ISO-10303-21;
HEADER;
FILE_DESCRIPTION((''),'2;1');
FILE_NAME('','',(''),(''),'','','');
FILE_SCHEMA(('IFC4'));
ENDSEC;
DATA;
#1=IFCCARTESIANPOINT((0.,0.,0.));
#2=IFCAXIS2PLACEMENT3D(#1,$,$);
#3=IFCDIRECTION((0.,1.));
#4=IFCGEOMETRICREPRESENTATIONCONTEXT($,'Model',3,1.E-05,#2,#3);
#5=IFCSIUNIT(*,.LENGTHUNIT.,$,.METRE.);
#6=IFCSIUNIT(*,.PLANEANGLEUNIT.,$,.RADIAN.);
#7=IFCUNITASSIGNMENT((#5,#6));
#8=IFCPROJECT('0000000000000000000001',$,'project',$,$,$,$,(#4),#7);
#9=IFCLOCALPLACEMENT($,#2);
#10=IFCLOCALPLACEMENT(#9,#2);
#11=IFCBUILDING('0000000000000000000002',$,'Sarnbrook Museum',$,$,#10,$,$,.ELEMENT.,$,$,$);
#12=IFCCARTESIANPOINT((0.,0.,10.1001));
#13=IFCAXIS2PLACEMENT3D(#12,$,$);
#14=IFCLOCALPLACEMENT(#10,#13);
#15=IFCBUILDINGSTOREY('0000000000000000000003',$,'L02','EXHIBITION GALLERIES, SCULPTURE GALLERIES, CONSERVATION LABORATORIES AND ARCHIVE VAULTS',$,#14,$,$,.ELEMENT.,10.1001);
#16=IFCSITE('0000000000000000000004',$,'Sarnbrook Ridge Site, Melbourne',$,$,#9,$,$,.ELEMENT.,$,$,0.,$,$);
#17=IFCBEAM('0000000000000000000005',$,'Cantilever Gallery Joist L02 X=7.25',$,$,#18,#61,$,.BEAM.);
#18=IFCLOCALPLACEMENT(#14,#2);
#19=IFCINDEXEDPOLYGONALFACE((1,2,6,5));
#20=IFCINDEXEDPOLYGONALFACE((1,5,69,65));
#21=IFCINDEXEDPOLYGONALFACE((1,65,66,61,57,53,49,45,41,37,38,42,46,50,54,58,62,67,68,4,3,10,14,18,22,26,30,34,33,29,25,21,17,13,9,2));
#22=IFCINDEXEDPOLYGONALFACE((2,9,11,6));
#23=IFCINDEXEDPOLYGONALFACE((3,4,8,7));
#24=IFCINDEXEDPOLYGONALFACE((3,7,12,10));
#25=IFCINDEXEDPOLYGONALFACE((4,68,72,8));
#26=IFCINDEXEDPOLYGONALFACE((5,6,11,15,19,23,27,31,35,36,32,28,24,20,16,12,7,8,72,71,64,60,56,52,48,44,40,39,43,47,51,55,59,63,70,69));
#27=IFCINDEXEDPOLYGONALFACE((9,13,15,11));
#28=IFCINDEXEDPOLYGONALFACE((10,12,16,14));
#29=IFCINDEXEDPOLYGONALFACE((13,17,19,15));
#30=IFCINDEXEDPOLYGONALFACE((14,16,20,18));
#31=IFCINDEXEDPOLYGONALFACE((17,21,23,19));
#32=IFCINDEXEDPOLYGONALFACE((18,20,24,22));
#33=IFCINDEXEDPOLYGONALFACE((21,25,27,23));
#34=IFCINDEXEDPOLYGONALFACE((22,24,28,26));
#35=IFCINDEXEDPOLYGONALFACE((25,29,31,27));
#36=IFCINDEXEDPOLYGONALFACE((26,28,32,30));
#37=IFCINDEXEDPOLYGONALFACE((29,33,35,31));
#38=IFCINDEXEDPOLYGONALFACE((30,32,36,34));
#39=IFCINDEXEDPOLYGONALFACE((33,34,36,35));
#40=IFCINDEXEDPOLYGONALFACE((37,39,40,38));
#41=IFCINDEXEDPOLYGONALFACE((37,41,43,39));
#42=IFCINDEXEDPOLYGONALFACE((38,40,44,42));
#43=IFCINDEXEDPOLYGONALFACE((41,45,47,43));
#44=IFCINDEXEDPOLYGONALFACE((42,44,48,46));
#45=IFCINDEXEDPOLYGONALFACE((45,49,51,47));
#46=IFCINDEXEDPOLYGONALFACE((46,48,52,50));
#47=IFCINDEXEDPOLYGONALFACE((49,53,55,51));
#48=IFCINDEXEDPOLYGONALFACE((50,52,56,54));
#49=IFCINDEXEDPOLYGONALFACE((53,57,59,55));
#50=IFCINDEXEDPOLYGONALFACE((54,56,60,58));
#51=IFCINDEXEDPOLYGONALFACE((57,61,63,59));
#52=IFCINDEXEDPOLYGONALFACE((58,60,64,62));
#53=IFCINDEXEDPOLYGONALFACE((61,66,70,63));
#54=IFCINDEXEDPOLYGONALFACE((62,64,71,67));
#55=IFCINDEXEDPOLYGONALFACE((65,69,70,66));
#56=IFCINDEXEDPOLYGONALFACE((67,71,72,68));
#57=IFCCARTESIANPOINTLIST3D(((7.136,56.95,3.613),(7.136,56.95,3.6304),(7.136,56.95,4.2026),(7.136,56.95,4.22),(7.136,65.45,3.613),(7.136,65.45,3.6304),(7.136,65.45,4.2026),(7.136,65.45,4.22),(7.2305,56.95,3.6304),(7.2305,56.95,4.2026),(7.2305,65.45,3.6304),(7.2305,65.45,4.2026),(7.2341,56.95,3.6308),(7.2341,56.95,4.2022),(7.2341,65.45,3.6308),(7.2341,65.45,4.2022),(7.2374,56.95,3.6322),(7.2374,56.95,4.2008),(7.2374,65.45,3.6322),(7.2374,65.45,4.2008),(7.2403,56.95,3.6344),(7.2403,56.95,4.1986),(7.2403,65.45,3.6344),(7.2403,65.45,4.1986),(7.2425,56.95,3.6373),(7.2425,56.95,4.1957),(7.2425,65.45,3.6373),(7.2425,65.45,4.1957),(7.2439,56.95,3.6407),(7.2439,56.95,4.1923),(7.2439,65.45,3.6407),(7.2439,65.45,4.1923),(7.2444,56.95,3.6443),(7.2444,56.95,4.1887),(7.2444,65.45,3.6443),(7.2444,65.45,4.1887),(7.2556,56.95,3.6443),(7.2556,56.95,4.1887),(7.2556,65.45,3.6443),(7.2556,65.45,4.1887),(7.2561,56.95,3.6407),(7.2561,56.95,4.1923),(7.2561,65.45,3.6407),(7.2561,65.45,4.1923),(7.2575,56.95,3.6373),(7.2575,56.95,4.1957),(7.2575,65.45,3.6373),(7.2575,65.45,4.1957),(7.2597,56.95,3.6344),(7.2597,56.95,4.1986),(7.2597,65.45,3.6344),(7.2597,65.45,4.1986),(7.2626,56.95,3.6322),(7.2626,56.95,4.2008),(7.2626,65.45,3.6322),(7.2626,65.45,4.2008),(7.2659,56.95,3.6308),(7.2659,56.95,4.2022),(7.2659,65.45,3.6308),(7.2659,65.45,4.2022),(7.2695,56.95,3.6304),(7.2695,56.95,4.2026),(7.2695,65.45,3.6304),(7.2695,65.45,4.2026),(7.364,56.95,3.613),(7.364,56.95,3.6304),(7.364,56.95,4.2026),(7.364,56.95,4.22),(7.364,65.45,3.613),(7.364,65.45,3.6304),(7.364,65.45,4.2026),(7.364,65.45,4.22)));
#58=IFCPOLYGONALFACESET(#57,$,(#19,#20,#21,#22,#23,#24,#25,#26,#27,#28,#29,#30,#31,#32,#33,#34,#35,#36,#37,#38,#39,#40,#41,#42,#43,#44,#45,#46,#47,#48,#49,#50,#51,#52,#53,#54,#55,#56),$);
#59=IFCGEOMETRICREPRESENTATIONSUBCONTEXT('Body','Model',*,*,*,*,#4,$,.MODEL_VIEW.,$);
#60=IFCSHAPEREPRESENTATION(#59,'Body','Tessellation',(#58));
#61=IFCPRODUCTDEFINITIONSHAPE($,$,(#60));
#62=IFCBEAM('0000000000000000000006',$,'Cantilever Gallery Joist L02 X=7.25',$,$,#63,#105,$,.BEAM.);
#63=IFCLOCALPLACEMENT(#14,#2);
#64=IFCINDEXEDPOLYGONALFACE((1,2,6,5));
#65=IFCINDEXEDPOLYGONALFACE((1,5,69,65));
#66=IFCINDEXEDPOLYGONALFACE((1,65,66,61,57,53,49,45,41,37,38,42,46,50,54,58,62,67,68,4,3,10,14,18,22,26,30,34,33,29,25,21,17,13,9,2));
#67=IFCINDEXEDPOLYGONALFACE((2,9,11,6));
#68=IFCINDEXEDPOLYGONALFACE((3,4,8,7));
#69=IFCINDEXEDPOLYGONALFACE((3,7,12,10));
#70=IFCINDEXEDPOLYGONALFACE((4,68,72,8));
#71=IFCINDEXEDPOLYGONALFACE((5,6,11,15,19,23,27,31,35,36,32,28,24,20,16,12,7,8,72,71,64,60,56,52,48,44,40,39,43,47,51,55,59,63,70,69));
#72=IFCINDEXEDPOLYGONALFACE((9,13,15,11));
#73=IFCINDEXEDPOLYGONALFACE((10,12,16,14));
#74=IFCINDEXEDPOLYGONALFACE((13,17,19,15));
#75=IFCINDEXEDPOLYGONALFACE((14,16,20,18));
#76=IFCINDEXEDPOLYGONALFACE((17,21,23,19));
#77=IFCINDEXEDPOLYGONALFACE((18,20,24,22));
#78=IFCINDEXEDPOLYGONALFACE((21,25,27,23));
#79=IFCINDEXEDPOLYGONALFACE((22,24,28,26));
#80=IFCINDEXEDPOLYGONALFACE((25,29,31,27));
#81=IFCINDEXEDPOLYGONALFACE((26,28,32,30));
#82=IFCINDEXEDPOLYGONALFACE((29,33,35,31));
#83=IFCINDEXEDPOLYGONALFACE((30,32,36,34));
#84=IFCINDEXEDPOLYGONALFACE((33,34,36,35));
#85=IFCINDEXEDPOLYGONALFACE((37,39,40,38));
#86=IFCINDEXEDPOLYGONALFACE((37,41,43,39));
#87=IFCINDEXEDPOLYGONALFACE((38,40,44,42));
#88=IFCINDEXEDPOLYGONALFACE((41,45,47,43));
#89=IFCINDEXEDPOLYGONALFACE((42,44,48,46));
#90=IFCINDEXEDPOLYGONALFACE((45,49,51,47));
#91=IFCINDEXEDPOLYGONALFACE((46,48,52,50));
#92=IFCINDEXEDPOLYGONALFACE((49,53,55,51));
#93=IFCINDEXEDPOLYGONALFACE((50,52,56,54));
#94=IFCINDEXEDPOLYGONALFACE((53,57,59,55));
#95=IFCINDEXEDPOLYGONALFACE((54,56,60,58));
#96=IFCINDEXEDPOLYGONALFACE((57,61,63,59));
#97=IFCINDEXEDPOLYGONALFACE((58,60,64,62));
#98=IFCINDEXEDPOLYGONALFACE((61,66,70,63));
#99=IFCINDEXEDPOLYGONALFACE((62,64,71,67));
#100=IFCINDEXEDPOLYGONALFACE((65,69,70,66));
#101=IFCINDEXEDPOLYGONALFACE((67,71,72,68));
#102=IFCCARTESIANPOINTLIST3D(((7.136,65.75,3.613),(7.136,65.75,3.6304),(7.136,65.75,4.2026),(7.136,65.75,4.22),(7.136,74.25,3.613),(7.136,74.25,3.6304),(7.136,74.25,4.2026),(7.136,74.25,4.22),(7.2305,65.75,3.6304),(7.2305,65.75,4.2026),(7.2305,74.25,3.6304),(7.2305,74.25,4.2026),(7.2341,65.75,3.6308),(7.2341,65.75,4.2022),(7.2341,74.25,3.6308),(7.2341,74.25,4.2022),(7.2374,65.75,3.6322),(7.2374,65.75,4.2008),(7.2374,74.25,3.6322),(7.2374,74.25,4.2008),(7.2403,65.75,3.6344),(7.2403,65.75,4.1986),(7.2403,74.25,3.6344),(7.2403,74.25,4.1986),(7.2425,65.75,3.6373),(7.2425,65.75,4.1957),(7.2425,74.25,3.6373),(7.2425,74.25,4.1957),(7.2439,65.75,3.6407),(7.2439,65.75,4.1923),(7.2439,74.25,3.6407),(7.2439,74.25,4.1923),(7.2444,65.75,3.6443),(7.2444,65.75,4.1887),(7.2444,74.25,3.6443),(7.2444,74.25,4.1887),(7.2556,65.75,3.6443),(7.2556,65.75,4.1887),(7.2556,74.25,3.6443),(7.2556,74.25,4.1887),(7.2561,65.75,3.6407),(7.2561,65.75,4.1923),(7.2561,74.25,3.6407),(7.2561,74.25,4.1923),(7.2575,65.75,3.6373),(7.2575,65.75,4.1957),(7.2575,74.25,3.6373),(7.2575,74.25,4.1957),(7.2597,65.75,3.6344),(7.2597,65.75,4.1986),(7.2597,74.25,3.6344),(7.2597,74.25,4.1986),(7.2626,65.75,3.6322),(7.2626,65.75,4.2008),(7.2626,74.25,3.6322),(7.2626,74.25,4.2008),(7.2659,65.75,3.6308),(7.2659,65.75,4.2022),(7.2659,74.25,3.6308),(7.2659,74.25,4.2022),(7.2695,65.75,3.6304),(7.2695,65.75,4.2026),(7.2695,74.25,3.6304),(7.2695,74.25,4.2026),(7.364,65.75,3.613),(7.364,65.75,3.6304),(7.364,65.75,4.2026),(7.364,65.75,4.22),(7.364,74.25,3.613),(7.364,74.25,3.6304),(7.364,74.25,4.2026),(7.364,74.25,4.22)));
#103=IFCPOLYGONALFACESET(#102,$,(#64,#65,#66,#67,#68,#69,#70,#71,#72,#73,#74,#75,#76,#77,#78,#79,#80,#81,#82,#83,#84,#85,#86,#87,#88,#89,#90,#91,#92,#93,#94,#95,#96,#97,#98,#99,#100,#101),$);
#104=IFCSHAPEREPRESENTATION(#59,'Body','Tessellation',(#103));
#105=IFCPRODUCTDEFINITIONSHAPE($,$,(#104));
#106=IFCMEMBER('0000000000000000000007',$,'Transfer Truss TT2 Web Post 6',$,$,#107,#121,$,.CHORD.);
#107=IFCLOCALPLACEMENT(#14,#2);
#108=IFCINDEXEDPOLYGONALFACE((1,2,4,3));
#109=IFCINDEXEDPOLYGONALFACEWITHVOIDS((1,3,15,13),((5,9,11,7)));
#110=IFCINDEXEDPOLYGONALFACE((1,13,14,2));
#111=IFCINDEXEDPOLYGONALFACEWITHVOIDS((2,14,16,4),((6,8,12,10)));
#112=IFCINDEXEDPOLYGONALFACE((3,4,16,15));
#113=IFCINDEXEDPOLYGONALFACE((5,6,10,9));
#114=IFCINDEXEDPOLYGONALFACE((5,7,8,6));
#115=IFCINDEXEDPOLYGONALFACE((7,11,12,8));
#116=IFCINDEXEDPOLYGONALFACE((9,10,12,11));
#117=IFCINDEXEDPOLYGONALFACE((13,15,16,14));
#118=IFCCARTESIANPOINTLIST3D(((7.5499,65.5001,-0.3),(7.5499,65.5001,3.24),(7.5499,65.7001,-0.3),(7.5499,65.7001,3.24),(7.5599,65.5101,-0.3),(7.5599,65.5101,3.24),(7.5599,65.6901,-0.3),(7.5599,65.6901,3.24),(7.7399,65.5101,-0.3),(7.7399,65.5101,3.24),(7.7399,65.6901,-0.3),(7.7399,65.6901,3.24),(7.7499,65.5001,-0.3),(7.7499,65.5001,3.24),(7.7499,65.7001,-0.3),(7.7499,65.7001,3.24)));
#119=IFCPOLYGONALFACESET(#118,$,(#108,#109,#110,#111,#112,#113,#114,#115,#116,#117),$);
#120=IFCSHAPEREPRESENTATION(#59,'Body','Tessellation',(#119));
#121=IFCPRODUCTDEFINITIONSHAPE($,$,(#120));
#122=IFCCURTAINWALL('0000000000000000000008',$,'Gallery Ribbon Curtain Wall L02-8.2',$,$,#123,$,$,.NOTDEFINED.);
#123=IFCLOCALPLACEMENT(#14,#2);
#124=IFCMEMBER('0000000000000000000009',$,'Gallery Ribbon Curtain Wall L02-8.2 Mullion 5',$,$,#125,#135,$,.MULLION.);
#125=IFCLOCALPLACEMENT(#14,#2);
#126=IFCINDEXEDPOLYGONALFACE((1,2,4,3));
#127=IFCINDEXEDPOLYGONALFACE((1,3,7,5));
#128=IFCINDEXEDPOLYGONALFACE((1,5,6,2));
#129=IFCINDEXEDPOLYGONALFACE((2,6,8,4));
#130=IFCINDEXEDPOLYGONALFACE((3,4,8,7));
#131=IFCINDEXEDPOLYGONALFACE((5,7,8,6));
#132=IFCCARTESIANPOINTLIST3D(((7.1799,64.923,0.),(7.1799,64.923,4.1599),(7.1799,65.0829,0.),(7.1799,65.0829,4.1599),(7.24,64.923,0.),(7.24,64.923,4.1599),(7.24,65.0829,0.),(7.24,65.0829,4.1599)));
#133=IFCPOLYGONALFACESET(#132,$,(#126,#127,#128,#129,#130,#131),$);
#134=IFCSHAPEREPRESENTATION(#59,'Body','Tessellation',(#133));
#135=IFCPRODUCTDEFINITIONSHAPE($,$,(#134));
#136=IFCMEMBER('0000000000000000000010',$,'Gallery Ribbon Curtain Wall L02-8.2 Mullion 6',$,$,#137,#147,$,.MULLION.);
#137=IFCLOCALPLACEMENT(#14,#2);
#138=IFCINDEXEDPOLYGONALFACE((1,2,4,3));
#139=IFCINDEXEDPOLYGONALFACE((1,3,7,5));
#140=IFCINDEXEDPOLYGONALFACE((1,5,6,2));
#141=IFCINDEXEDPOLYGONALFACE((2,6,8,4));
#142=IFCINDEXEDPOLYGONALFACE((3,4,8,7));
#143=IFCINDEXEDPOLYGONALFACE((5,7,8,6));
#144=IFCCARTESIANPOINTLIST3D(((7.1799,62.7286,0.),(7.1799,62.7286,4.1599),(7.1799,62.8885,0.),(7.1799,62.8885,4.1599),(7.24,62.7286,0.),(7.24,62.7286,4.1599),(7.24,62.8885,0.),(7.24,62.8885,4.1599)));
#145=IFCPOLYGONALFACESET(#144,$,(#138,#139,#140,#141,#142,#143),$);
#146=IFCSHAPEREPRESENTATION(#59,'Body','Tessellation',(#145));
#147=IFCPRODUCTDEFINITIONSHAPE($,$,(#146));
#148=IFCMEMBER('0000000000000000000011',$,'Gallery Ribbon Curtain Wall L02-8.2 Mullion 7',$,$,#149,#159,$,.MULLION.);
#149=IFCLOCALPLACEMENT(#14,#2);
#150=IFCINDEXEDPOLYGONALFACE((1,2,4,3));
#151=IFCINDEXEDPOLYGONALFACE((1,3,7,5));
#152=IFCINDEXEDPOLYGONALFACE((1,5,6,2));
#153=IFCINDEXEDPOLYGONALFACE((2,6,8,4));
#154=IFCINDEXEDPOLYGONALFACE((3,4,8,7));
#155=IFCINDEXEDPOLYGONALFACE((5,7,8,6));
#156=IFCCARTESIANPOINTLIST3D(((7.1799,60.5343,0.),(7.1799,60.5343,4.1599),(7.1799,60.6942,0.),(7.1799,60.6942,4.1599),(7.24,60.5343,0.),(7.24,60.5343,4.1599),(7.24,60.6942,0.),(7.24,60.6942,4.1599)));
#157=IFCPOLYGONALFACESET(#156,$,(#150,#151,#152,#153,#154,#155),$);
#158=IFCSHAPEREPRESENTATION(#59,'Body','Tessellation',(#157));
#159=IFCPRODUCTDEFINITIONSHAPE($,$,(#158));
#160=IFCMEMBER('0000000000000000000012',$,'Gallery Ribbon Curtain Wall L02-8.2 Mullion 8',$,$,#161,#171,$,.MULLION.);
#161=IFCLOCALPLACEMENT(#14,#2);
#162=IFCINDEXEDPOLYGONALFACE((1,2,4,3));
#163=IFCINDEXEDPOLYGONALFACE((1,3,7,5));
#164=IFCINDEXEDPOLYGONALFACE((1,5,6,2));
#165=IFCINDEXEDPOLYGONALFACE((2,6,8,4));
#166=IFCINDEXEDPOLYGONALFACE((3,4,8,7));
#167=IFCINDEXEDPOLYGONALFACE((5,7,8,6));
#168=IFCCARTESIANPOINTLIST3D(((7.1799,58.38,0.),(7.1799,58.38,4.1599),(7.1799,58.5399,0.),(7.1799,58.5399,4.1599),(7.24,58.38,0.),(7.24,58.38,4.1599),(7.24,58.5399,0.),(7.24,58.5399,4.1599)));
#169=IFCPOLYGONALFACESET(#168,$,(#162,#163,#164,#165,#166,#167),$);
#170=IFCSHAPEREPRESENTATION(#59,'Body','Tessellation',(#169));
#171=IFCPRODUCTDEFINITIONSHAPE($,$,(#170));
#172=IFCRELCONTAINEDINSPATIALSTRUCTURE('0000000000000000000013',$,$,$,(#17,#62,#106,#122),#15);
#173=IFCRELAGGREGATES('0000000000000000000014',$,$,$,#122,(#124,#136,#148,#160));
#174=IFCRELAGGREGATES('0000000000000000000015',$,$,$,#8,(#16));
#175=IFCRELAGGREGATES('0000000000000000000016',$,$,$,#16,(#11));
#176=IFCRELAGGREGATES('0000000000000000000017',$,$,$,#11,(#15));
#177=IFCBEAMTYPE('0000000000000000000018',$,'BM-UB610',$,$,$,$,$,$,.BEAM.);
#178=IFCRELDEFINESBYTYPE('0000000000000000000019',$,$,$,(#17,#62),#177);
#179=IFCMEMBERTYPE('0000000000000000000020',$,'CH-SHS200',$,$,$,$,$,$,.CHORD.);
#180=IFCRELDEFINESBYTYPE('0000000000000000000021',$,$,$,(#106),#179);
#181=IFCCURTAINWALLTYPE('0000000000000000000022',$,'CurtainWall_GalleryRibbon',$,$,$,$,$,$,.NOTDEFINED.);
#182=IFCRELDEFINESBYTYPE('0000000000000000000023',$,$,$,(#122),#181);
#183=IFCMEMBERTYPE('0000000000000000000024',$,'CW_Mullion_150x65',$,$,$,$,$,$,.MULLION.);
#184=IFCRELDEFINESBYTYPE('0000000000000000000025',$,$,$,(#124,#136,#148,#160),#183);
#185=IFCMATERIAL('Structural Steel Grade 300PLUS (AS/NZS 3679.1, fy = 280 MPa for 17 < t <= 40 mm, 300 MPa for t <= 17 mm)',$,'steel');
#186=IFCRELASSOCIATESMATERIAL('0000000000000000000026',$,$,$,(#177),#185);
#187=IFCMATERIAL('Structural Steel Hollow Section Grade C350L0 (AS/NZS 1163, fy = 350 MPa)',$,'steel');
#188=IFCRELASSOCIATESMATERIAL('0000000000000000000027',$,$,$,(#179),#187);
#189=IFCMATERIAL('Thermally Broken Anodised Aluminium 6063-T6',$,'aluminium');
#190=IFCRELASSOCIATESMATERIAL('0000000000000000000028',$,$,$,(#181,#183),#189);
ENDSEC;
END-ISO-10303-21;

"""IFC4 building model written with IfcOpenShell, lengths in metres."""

from ifc_helpers import new_model, si_unit, direction, frame, origin, origin_2d, place, context, subcontext, project, spatial, rectangle, hollow_rectangle, i_section, extrude, material, material_profile, profile_set, type_object, element, aggregate, save


model = new_model("IFC4")

# Units and contexts
model_context = context("Model", 3, precision=1e-05, world=origin(), true_north=direction((0.0, 1.0)))
body_context = subcontext(model_context, "Body", "Model", "MODEL_VIEW")
ifc_project = project(units=[si_unit("LENGTHUNIT", "METRE"), si_unit("PLANEANGLEUNIT", "RADIAN")], contexts=[model_context])

# Site, building, storey
site_placement = place(None, origin())
site = spatial("IfcSite", under=ifc_project, at=site_placement, Name="Sarnbrook Ridge Site, Melbourne", CompositionType="ELEMENT", RefElevation=0.0)
building_placement = place(site_placement, origin())
building = spatial("IfcBuilding", under=site, at=building_placement, Name="Sarnbrook Museum", CompositionType="ELEMENT")
storey_placement = place(building_placement, frame((0.0, 0.0, 10.1001)))
storey = spatial("IfcBuildingStorey", under=building, at=storey_placement, Name="L02", Description="EXHIBITION GALLERIES, SCULPTURE GALLERIES, CONSERVATION LABORATORIES AND ARCHIVE VAULTS", CompositionType="ELEMENT", Elevation=10.1001)

# Beams
ifc_material_1 = material(Name="Structural Steel Grade 300PLUS (AS/NZS 3679.1, fy = 280 MPa for 17 < t <= 40 mm, 300 MPa for t <= 17 mm)", Category="steel")
ifc_material_profile_1 = material_profile(ifc_material_1, i_section(OverallWidth=0.228, OverallDepth=0.6069, WebThickness=0.0112, FlangeThickness=0.0173, FilletRadius=0.0139, at=origin_2d()), Name="610UB113")
ifc_profile_set_1 = profile_set([ifc_material_profile_1], Name="Structural Steel Grade 300PLUS (AS/NZS 3679.1, fy = 280 MPa for 17 < t <= 40 mm, 300 MPa for t <= 17 mm)")
beam_type_1 = type_object("IfcBeamType", Name="BM-UB610", PredefinedType="BEAM", material=ifc_profile_set_1)
for number, where, z_axis, x_axis, name in (
    (1, (7.25, 56.95, 3.9165), (0.0, 1.0, 0.0), (-1.0, 0.0, 0.0), "Cantilever Gallery Joist L02 X=7.25"),
    (2, (7.25, 65.75, 3.9165), (0.0, 1.0, 0.0), (-1.0, 0.0, 0.0), "Cantilever Gallery Joist L02 X=7.25"),
):
    element("IfcBeam", number, at=place(storey_placement, frame(where, z_axis=z_axis, x_axis=x_axis)), inside=storey, type_object=beam_type_1, Name=name, PredefinedType="BEAM", context=body_context, shape_type="SweptSolid", body=[
        extrude(i_section(OverallWidth=0.228, OverallDepth=0.6069, WebThickness=0.0112, FlangeThickness=0.0173, FilletRadius=0.0139, at=origin_2d()), origin(), (0.0, 0.0, 1.0), 8.5),
    ])

# Member
ifc_material_2 = material(Name="Structural Steel Hollow Section Grade C350L0 (AS/NZS 1163, fy = 350 MPa)", Category="steel")
ifc_material_profile_2 = material_profile(ifc_material_2, hollow_rectangle(XDim=0.2, YDim=0.2, WallThickness=0.01, at=origin_2d()), Name="200x200x10.0SHS")
ifc_profile_set_2 = profile_set([ifc_material_profile_2], Name="Structural Steel Hollow Section Grade C350L0 (AS/NZS 1163, fy = 350 MPa)")
member_type_1 = type_object("IfcMemberType", Name="CH-SHS200", PredefinedType="CHORD", material=ifc_profile_set_2)
member_1_placement = place(storey_placement, frame((7.6499, 65.6001, -0.3), z_axis=(0.0, 0.0, 1.0), x_axis=(1.0, 0.0, 0.0)))
element("IfcMember", 3, at=member_1_placement, inside=storey, type_object=member_type_1, Name="Transfer Truss TT2 Web Post 6", PredefinedType="CHORD", context=body_context, shape_type="SweptSolid", body=[
    extrude(hollow_rectangle(XDim=0.2, YDim=0.2, WallThickness=0.01, at=origin_2d()), origin(), (0.0, 0.0, 1.0), 3.54),
])

# Curtain wall, members
ifc_material_3 = material(Name="Thermally Broken Anodised Aluminium 6063-T6", Category="aluminium")
curtain_wall_type = type_object("IfcCurtainWallType", Name="CurtainWall_GalleryRibbon", PredefinedType="NOTDEFINED", material=ifc_material_3)
curtain_wall_placement = place(storey_placement, origin())
curtain_wall = element("IfcCurtainWall", 4, at=curtain_wall_placement, inside=storey, type_object=curtain_wall_type, Name="Gallery Ribbon Curtain Wall L02-8.2", PredefinedType="NOTDEFINED")
ifc_material_profile_3 = material_profile(ifc_material_3, rectangle(XDim=0.0601, YDim=0.1599, at=origin_2d()), Name="ALU MULLION 60x160")
ifc_profile_set_3 = profile_set([ifc_material_profile_3], Name="Thermally Broken Anodised Aluminium 6063-T6")
member_type_2 = type_object("IfcMemberType", Name="CW_Mullion_150x65", PredefinedType="MULLION", material=ifc_profile_set_3)
member_2_placement = place(storey_placement, frame((7.21, 65.0029, 0.0), z_axis=(0.0, 0.0, 1.0), x_axis=(1.0, 0.0, 0.0)))
member_2 = element("IfcMember", 5, at=member_2_placement, type_object=member_type_2, Name="Gallery Ribbon Curtain Wall L02-8.2 Mullion 5", PredefinedType="MULLION", context=body_context, shape_type="SweptSolid", body=[
    extrude(rectangle(XDim=0.0601, YDim=0.1599, at=origin_2d()), origin(), (0.0, 0.0, 1.0), 4.1599),
])
member_3_placement = place(storey_placement, frame((7.21, 62.8086, 0.0), z_axis=(0.0, 0.0, 1.0), x_axis=(1.0, 0.0, 0.0)))
member_3 = element("IfcMember", 6, at=member_3_placement, type_object=member_type_2, Name="Gallery Ribbon Curtain Wall L02-8.2 Mullion 6", PredefinedType="MULLION", context=body_context, shape_type="SweptSolid", body=[
    extrude(rectangle(XDim=0.0601, YDim=0.1599, at=origin_2d()), origin(), (0.0, 0.0, 1.0), 4.1599),
])
member_4_placement = place(storey_placement, frame((7.21, 60.6143, 0.0), z_axis=(0.0, 0.0, 1.0), x_axis=(1.0, 0.0, 0.0)))
member_4 = element("IfcMember", 7, at=member_4_placement, type_object=member_type_2, Name="Gallery Ribbon Curtain Wall L02-8.2 Mullion 7", PredefinedType="MULLION", context=body_context, shape_type="SweptSolid", body=[
    extrude(rectangle(XDim=0.0601, YDim=0.1599, at=origin_2d()), origin(), (0.0, 0.0, 1.0), 4.1599),
])
member_5_placement = place(storey_placement, frame((7.21, 58.46, 0.0), z_axis=(0.0, 0.0, 1.0), x_axis=(1.0, 0.0, 0.0)))
member_5 = element("IfcMember", 8, at=member_5_placement, type_object=member_type_2, Name="Gallery Ribbon Curtain Wall L02-8.2 Mullion 8", PredefinedType="MULLION", context=body_context, shape_type="SweptSolid", body=[
    extrude(rectangle(XDim=0.0601, YDim=0.1599, at=origin_2d()), origin(), (0.0, 0.0, 1.0), 4.1599),
])

aggregate(curtain_wall, [member_2, member_3, member_4, member_5])

save(model, "model.ifc")
